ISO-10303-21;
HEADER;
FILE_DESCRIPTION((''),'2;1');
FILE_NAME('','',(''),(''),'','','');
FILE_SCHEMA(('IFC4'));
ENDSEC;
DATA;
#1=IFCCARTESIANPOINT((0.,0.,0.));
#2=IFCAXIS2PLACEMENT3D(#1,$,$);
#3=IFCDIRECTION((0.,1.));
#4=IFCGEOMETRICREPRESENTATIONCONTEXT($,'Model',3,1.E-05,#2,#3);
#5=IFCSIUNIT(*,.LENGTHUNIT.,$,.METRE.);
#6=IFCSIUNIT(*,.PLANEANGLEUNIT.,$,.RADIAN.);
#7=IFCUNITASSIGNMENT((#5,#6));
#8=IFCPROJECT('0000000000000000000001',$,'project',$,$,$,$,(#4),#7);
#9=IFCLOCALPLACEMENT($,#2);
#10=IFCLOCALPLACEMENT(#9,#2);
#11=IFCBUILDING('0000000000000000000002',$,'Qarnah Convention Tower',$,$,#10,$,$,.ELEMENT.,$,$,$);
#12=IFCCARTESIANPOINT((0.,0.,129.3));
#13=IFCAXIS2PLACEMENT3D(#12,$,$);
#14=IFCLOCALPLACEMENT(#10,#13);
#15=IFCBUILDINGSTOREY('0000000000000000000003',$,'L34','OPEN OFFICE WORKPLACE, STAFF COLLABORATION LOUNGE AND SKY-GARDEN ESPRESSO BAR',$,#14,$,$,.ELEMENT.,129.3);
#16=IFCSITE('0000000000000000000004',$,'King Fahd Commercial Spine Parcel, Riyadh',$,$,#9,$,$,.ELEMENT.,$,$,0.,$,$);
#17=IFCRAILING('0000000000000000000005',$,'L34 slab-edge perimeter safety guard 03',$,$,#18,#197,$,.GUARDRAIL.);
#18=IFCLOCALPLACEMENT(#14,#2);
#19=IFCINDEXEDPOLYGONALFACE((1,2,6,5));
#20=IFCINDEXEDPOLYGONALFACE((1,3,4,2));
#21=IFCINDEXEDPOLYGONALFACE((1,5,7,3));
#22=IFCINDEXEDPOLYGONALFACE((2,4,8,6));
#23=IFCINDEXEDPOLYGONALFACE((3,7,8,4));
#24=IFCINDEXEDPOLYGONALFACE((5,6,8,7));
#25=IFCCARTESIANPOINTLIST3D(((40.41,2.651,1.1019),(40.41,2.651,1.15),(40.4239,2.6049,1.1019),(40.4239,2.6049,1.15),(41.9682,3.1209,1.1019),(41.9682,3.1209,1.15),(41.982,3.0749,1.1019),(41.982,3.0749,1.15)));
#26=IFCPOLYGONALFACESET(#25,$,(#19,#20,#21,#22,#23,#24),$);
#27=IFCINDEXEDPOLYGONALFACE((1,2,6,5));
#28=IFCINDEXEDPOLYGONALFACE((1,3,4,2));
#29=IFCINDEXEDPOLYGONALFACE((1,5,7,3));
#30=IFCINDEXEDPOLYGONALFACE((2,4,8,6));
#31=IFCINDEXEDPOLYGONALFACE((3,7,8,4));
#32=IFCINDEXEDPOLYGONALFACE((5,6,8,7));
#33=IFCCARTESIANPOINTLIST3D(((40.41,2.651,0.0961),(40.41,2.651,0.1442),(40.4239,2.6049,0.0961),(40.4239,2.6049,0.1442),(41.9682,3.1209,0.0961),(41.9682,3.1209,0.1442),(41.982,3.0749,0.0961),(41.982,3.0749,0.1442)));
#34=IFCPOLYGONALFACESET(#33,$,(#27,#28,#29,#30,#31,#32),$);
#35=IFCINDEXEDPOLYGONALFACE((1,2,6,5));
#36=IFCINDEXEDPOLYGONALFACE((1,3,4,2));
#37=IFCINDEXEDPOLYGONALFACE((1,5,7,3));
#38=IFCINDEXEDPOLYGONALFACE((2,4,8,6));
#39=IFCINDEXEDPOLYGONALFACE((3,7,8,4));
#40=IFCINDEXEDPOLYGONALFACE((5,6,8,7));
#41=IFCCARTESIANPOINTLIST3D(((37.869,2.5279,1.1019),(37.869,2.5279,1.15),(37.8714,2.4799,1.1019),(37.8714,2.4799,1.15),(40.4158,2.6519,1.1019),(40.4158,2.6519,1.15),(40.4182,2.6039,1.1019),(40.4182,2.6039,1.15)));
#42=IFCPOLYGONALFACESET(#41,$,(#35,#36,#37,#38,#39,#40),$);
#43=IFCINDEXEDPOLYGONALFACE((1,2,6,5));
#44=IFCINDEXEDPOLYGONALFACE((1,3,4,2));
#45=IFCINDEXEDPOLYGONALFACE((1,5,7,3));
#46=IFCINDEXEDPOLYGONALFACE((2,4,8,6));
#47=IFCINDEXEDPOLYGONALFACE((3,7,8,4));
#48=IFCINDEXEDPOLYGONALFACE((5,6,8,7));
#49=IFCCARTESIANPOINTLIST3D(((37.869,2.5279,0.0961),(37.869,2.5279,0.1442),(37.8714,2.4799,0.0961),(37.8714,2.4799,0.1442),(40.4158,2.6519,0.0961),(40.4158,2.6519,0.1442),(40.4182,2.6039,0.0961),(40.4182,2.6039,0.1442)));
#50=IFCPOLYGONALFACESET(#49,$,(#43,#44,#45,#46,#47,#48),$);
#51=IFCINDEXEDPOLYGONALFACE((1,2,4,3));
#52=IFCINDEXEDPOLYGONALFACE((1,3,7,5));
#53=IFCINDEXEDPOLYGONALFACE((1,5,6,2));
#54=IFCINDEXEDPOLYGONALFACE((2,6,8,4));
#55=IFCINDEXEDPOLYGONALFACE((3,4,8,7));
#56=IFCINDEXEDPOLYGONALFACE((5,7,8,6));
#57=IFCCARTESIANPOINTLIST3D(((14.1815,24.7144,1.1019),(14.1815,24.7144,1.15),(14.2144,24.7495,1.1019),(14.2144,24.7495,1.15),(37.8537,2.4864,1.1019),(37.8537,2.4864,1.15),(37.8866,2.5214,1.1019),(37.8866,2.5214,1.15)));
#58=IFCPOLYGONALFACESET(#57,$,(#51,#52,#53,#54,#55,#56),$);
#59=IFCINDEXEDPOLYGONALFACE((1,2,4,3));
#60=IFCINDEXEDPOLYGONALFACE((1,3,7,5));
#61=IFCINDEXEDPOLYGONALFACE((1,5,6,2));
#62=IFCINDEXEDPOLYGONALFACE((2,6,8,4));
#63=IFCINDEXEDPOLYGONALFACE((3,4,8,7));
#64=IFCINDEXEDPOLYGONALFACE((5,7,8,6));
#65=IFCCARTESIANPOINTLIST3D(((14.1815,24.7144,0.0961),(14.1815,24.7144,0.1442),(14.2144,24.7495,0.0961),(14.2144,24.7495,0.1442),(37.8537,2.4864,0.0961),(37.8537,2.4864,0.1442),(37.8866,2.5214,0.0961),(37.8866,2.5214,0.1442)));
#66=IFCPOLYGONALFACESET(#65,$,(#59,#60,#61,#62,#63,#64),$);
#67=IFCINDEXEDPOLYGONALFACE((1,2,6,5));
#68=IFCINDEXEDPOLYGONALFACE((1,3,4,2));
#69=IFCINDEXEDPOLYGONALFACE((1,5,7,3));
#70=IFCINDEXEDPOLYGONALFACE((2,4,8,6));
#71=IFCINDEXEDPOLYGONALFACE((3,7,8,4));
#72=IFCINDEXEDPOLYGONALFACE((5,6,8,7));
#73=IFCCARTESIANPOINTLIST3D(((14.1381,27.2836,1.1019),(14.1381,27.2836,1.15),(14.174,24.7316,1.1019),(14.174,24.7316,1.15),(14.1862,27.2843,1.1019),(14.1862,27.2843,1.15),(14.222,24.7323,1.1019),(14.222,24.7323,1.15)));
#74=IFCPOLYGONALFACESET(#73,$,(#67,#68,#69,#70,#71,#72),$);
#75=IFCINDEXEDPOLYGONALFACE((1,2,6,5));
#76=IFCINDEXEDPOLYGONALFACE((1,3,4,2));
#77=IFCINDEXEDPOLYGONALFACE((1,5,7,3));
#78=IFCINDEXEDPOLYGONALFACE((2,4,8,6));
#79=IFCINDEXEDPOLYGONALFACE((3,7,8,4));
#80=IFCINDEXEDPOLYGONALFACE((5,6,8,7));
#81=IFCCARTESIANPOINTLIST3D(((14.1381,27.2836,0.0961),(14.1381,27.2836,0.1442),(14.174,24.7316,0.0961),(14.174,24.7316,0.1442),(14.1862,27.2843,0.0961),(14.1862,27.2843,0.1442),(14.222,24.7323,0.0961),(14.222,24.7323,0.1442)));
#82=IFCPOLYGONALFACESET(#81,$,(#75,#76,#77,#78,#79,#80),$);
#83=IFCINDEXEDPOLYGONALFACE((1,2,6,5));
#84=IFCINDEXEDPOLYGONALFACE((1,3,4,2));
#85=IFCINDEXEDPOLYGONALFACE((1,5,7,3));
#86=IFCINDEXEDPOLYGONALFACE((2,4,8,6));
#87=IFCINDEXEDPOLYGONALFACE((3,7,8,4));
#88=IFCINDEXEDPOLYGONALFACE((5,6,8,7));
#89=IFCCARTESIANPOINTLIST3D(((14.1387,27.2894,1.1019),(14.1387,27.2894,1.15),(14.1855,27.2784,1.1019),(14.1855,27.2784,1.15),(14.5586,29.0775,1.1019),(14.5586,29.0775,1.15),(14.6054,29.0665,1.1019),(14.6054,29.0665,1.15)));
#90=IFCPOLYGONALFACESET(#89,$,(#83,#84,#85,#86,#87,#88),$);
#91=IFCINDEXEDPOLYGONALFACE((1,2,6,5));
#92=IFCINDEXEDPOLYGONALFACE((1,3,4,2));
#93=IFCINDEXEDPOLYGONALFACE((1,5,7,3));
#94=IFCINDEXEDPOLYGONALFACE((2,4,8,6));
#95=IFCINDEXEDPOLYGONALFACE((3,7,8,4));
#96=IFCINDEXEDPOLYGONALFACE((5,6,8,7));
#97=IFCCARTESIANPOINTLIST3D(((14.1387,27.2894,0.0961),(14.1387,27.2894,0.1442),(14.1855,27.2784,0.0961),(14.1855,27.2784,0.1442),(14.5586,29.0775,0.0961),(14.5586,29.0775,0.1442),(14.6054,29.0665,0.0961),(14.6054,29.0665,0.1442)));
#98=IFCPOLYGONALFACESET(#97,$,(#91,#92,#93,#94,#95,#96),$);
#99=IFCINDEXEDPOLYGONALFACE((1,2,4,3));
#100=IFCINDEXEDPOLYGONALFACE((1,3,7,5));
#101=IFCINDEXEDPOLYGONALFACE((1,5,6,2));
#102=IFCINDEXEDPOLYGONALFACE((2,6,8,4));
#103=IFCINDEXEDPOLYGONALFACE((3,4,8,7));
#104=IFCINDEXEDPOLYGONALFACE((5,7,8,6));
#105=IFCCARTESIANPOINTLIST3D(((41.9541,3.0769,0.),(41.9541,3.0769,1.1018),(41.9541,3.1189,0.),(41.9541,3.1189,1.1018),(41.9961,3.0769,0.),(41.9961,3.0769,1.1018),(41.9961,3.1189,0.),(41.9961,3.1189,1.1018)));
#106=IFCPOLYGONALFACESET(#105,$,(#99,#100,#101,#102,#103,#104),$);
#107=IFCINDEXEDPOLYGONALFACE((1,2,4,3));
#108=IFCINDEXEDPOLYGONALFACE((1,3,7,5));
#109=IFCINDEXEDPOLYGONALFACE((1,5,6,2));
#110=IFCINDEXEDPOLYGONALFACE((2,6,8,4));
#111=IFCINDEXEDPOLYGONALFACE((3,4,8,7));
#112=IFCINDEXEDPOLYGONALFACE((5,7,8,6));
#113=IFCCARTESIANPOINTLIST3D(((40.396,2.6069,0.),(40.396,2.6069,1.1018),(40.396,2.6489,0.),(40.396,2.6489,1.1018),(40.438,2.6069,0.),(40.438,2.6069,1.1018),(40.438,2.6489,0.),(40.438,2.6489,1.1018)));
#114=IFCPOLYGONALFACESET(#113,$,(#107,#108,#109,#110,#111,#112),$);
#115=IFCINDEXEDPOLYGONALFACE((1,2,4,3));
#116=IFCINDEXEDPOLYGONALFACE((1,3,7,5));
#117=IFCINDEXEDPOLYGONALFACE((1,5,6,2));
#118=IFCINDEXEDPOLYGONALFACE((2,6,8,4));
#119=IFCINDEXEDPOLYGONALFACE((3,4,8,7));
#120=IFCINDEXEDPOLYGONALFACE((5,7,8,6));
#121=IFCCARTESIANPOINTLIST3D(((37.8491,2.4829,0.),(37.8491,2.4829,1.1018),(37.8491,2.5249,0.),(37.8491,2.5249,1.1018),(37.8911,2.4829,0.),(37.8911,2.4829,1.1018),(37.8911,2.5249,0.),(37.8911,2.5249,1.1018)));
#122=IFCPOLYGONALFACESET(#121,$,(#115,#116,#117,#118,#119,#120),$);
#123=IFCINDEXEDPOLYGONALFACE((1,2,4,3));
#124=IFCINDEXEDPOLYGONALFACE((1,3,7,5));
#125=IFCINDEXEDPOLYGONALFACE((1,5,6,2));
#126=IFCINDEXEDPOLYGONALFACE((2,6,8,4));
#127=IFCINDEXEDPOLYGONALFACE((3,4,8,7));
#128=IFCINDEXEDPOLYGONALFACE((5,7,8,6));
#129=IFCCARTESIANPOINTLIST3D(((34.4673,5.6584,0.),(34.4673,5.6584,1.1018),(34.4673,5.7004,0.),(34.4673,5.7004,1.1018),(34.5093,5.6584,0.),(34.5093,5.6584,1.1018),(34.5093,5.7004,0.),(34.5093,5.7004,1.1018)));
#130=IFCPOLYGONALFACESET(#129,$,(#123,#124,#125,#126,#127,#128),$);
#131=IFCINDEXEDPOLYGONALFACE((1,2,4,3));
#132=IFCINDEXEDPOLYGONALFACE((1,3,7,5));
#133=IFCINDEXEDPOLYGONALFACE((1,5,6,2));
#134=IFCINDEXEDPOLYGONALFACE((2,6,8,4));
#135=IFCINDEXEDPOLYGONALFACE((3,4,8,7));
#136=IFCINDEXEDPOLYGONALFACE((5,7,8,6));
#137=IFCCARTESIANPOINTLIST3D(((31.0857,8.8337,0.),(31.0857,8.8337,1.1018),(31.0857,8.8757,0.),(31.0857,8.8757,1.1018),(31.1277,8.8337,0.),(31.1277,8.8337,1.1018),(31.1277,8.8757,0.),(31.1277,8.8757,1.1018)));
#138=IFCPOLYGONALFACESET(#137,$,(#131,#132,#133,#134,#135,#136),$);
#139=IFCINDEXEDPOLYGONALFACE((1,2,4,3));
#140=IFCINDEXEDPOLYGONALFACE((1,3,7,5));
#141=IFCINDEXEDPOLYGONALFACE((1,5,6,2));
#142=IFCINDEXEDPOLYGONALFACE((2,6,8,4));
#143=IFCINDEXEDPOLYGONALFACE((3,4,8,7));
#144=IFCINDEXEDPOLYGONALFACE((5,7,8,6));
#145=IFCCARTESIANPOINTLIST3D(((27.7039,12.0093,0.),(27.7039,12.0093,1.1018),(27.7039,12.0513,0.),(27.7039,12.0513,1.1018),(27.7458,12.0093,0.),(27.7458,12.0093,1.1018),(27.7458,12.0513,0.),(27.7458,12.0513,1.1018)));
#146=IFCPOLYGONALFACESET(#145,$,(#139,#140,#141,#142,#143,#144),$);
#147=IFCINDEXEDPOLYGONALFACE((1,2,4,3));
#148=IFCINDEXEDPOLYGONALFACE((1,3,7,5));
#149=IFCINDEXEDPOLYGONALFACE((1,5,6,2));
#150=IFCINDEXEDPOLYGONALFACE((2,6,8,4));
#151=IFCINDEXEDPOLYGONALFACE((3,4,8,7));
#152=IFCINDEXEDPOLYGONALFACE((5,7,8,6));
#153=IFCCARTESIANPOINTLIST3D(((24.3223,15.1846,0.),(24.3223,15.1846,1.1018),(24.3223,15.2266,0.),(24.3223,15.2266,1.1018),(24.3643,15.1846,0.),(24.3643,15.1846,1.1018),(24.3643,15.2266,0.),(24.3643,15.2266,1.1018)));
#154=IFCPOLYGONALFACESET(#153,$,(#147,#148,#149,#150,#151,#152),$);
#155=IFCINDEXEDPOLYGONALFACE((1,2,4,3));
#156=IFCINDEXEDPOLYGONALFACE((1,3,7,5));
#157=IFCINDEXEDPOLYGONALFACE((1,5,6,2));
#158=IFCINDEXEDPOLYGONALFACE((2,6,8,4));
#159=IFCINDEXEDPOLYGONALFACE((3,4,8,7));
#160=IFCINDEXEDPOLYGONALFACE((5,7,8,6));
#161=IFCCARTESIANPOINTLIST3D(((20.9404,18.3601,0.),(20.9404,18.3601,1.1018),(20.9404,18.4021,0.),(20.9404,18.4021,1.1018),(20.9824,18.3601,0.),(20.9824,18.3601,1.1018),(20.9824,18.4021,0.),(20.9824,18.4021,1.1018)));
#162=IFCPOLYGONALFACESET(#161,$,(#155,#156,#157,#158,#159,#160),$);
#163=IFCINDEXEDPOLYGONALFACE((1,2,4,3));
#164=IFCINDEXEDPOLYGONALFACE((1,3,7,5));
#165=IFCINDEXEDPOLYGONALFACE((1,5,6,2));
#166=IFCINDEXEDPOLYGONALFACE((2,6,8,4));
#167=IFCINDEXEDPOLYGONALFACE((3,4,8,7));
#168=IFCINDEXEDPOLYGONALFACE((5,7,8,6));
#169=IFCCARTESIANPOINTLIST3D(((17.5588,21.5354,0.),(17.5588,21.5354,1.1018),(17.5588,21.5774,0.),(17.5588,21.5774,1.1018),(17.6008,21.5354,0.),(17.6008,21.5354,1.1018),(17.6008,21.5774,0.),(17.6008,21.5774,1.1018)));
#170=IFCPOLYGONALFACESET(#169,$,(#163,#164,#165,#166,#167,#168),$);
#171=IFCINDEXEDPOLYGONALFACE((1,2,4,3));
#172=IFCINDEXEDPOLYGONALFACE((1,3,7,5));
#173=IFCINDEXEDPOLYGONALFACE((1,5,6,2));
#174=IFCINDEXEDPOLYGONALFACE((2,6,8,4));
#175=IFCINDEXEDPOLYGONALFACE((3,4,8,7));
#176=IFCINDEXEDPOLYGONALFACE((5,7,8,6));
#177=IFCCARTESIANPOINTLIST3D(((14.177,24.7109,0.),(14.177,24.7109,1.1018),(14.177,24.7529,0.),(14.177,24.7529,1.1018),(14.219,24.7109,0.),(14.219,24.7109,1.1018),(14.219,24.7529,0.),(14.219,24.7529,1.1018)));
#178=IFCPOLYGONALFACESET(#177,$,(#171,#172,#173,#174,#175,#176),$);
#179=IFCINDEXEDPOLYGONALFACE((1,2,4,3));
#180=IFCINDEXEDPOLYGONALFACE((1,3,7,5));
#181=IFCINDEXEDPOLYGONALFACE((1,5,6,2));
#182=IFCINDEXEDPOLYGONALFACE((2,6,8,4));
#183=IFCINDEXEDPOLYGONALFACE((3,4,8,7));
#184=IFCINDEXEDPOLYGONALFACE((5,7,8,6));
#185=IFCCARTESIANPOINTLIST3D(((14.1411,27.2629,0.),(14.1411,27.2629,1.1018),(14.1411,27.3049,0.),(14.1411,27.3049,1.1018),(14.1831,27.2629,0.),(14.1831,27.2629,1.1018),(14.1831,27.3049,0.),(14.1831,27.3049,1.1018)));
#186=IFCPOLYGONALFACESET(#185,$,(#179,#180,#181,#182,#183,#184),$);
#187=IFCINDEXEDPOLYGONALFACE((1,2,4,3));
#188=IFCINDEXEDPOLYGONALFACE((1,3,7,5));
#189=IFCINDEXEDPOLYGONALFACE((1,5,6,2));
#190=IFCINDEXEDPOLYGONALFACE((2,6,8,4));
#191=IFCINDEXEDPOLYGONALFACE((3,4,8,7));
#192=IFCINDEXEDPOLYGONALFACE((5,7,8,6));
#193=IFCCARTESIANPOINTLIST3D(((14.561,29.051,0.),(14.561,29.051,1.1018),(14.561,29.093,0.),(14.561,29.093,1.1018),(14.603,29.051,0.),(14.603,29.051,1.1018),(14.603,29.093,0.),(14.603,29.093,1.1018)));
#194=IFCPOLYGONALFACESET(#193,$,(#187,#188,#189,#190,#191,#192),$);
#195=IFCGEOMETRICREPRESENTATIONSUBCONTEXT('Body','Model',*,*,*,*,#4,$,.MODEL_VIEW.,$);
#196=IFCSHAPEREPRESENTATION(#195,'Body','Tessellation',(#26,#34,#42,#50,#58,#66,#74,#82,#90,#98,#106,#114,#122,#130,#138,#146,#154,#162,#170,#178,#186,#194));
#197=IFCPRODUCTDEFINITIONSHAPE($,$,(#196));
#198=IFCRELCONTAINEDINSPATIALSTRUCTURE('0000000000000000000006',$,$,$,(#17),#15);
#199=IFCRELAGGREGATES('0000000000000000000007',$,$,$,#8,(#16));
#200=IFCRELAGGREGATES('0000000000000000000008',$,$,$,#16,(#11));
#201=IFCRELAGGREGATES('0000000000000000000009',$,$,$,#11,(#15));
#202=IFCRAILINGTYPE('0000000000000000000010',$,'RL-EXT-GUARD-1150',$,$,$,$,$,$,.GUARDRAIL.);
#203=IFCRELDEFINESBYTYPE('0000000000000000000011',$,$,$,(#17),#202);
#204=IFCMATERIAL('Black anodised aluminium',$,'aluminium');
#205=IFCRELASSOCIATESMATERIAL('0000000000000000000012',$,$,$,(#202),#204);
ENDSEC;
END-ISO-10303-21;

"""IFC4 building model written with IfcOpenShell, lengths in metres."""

from ifc_helpers import new_model, si_unit, direction, frame, origin, origin_2d, place, context, subcontext, project, spatial, rectangle, extrude, material, type_object, element, save


model = new_model("IFC4")

# Units and contexts
model_context = context("Model", 3, precision=1e-05, world=origin(), true_north=direction((0.0, 1.0)))
body_context = subcontext(model_context, "Body", "Model", "MODEL_VIEW")
ifc_project = project(units=[si_unit("LENGTHUNIT", "METRE"), si_unit("PLANEANGLEUNIT", "RADIAN")], contexts=[model_context])

# Site, building, storey
site_placement = place(None, origin())
site = spatial("IfcSite", under=ifc_project, at=site_placement, Name="King Fahd Commercial Spine Parcel, Riyadh", CompositionType="ELEMENT", RefElevation=0.0)
building_placement = place(site_placement, origin())
building = spatial("IfcBuilding", under=site, at=building_placement, Name="Qarnah Convention Tower", CompositionType="ELEMENT")
storey_placement = place(building_placement, frame((0.0, 0.0, 129.3)))
storey = spatial("IfcBuildingStorey", under=building, at=storey_placement, Name="L34", Description="OPEN OFFICE WORKPLACE, STAFF COLLABORATION LOUNGE AND SKY-GARDEN ESPRESSO BAR", CompositionType="ELEMENT", Elevation=129.3)

# Shared definitions
ifc_material_1 = material(Name="Black anodised aluminium", Category="aluminium")

# Railing
railing_type = type_object("IfcRailingType", Name="RL-EXT-GUARD-1150", PredefinedType="GUARDRAIL", material=ifc_material_1)
railing_1_placement = place(storey_placement, frame((41.9751, 3.0979, 0.0)))
element("IfcRailing", 1, at=railing_1_placement, inside=storey, type_object=railing_type, Name="L34 slab-edge perimeter safety guard 03", PredefinedType="GUARDRAIL", context=body_context, shape_type="SweptSolid", body=[
    extrude(rectangle(XDim=0.0481, YDim=0.0481, at=origin_2d()), frame((0.0, 0.0, 1.126), z_axis=(-0.957396, -0.288779, 0.0), x_axis=(0.288779, -0.957396, 0.0)), (0.0, 0.0, 1.0), 1.6274),
    extrude(rectangle(XDim=0.0481, YDim=0.0481, at=origin_2d()), frame((0.0, 0.0, 0.1201), z_axis=(-0.957396, -0.288779, 0.0), x_axis=(0.288779, -0.957396, 0.0)), (0.0, 0.0, 1.0), 1.6274),
    extrude(rectangle(XDim=0.0481, YDim=0.0481, at=origin_2d()), frame((-1.5581, -0.47, 1.126), z_axis=(-0.998816, -0.048639, 0.0), x_axis=(0.048639, -0.998816, 0.0)), (0.0, 0.0, 1.0), 2.5498),
    extrude(rectangle(XDim=0.0481, YDim=0.0481, at=origin_2d()), frame((-1.5581, -0.47, 0.1201), z_axis=(-0.998816, -0.048639, 0.0), x_axis=(0.048639, -0.998816, 0.0)), (0.0, 0.0, 1.0), 2.5498),
    extrude(rectangle(XDim=0.0481, YDim=0.0481, at=origin_2d()), frame((-4.105, -0.594, 1.126), z_axis=(-0.728993, 0.684521, 0.0), x_axis=(-0.684521, -0.728993, 0.0)), (0.0, 0.0, 1.0), 32.4724),
    extrude(rectangle(XDim=0.0481, YDim=0.0481, at=origin_2d()), frame((-4.105, -0.594, 0.1201), z_axis=(-0.728993, 0.684521, 0.0), x_axis=(-0.684521, -0.728993, 0.0)), (0.0, 0.0, 1.0), 32.4724),
    extrude(rectangle(XDim=0.0481, YDim=0.0481, at=origin_2d()), frame((-27.7771, 21.634, 1.126), z_axis=(-0.014062, 0.999901, 0.0), x_axis=(-0.999901, -0.014062, 0.0)), (0.0, 0.0, 1.0), 2.5522),
    extrude(rectangle(XDim=0.0481, YDim=0.0481, at=origin_2d()), frame((-27.7771, 21.634, 0.1201), z_axis=(-0.014062, 0.999901, 0.0), x_axis=(-0.999901, -0.014062, 0.0)), (0.0, 0.0, 1.0), 2.5522),
    extrude(rectangle(XDim=0.0481, YDim=0.0481, at=origin_2d()), frame((-27.813, 24.186, 1.126), z_axis=(0.228624, 0.973515, 0.0), x_axis=(-0.973515, 0.228624, 0.0)), (0.0, 0.0, 1.0), 1.8367),
    extrude(rectangle(XDim=0.0481, YDim=0.0481, at=origin_2d()), frame((-27.813, 24.186, 0.1201), z_axis=(0.228624, 0.973515, 0.0), x_axis=(-0.973515, 0.228624, 0.0)), (0.0, 0.0, 1.0), 1.8367),
    extrude(rectangle(XDim=0.042, YDim=0.042, at=origin_2d()), origin(), (0.0, 0.0, 1.0), 1.1018),
    extrude(rectangle(XDim=0.042, YDim=0.042, at=origin_2d()), frame((-1.5581, -0.47, 0.0)), (0.0, 0.0, 1.0), 1.1018),
    extrude(rectangle(XDim=0.042, YDim=0.042, at=origin_2d()), frame((-4.105, -0.594, 0.0)), (0.0, 0.0, 1.0), 1.1018),
    extrude(rectangle(XDim=0.042, YDim=0.042, at=origin_2d()), frame((-7.4868, 2.5815, 0.0)), (0.0, 0.0, 1.0), 1.1018),
    extrude(rectangle(XDim=0.042, YDim=0.042, at=origin_2d()), frame((-10.8684, 5.7568, 0.0)), (0.0, 0.0, 1.0), 1.1018),
    extrude(rectangle(XDim=0.042, YDim=0.042, at=origin_2d()), frame((-14.2502, 8.9324, 0.0)), (0.0, 0.0, 1.0), 1.1018),
    extrude(rectangle(XDim=0.042, YDim=0.042, at=origin_2d()), frame((-17.6318, 12.1077, 0.0)), (0.0, 0.0, 1.0), 1.1018),
    extrude(rectangle(XDim=0.042, YDim=0.042, at=origin_2d()), frame((-21.0137, 15.2832, 0.0)), (0.0, 0.0, 1.0), 1.1018),
    extrude(rectangle(XDim=0.042, YDim=0.042, at=origin_2d()), frame((-24.3953, 18.4585, 0.0)), (0.0, 0.0, 1.0), 1.1018),
    extrude(rectangle(XDim=0.042, YDim=0.042, at=origin_2d()), frame((-27.7771, 21.634, 0.0)), (0.0, 0.0, 1.0), 1.1018),
    extrude(rectangle(XDim=0.042, YDim=0.042, at=origin_2d()), frame((-27.813, 24.186, 0.0)), (0.0, 0.0, 1.0), 1.1018),
    extrude(rectangle(XDim=0.042, YDim=0.042, at=origin_2d()), frame((-27.3931, 25.9741, 0.0)), (0.0, 0.0, 1.0), 1.1018),
])

save(model, "model.ifc")
